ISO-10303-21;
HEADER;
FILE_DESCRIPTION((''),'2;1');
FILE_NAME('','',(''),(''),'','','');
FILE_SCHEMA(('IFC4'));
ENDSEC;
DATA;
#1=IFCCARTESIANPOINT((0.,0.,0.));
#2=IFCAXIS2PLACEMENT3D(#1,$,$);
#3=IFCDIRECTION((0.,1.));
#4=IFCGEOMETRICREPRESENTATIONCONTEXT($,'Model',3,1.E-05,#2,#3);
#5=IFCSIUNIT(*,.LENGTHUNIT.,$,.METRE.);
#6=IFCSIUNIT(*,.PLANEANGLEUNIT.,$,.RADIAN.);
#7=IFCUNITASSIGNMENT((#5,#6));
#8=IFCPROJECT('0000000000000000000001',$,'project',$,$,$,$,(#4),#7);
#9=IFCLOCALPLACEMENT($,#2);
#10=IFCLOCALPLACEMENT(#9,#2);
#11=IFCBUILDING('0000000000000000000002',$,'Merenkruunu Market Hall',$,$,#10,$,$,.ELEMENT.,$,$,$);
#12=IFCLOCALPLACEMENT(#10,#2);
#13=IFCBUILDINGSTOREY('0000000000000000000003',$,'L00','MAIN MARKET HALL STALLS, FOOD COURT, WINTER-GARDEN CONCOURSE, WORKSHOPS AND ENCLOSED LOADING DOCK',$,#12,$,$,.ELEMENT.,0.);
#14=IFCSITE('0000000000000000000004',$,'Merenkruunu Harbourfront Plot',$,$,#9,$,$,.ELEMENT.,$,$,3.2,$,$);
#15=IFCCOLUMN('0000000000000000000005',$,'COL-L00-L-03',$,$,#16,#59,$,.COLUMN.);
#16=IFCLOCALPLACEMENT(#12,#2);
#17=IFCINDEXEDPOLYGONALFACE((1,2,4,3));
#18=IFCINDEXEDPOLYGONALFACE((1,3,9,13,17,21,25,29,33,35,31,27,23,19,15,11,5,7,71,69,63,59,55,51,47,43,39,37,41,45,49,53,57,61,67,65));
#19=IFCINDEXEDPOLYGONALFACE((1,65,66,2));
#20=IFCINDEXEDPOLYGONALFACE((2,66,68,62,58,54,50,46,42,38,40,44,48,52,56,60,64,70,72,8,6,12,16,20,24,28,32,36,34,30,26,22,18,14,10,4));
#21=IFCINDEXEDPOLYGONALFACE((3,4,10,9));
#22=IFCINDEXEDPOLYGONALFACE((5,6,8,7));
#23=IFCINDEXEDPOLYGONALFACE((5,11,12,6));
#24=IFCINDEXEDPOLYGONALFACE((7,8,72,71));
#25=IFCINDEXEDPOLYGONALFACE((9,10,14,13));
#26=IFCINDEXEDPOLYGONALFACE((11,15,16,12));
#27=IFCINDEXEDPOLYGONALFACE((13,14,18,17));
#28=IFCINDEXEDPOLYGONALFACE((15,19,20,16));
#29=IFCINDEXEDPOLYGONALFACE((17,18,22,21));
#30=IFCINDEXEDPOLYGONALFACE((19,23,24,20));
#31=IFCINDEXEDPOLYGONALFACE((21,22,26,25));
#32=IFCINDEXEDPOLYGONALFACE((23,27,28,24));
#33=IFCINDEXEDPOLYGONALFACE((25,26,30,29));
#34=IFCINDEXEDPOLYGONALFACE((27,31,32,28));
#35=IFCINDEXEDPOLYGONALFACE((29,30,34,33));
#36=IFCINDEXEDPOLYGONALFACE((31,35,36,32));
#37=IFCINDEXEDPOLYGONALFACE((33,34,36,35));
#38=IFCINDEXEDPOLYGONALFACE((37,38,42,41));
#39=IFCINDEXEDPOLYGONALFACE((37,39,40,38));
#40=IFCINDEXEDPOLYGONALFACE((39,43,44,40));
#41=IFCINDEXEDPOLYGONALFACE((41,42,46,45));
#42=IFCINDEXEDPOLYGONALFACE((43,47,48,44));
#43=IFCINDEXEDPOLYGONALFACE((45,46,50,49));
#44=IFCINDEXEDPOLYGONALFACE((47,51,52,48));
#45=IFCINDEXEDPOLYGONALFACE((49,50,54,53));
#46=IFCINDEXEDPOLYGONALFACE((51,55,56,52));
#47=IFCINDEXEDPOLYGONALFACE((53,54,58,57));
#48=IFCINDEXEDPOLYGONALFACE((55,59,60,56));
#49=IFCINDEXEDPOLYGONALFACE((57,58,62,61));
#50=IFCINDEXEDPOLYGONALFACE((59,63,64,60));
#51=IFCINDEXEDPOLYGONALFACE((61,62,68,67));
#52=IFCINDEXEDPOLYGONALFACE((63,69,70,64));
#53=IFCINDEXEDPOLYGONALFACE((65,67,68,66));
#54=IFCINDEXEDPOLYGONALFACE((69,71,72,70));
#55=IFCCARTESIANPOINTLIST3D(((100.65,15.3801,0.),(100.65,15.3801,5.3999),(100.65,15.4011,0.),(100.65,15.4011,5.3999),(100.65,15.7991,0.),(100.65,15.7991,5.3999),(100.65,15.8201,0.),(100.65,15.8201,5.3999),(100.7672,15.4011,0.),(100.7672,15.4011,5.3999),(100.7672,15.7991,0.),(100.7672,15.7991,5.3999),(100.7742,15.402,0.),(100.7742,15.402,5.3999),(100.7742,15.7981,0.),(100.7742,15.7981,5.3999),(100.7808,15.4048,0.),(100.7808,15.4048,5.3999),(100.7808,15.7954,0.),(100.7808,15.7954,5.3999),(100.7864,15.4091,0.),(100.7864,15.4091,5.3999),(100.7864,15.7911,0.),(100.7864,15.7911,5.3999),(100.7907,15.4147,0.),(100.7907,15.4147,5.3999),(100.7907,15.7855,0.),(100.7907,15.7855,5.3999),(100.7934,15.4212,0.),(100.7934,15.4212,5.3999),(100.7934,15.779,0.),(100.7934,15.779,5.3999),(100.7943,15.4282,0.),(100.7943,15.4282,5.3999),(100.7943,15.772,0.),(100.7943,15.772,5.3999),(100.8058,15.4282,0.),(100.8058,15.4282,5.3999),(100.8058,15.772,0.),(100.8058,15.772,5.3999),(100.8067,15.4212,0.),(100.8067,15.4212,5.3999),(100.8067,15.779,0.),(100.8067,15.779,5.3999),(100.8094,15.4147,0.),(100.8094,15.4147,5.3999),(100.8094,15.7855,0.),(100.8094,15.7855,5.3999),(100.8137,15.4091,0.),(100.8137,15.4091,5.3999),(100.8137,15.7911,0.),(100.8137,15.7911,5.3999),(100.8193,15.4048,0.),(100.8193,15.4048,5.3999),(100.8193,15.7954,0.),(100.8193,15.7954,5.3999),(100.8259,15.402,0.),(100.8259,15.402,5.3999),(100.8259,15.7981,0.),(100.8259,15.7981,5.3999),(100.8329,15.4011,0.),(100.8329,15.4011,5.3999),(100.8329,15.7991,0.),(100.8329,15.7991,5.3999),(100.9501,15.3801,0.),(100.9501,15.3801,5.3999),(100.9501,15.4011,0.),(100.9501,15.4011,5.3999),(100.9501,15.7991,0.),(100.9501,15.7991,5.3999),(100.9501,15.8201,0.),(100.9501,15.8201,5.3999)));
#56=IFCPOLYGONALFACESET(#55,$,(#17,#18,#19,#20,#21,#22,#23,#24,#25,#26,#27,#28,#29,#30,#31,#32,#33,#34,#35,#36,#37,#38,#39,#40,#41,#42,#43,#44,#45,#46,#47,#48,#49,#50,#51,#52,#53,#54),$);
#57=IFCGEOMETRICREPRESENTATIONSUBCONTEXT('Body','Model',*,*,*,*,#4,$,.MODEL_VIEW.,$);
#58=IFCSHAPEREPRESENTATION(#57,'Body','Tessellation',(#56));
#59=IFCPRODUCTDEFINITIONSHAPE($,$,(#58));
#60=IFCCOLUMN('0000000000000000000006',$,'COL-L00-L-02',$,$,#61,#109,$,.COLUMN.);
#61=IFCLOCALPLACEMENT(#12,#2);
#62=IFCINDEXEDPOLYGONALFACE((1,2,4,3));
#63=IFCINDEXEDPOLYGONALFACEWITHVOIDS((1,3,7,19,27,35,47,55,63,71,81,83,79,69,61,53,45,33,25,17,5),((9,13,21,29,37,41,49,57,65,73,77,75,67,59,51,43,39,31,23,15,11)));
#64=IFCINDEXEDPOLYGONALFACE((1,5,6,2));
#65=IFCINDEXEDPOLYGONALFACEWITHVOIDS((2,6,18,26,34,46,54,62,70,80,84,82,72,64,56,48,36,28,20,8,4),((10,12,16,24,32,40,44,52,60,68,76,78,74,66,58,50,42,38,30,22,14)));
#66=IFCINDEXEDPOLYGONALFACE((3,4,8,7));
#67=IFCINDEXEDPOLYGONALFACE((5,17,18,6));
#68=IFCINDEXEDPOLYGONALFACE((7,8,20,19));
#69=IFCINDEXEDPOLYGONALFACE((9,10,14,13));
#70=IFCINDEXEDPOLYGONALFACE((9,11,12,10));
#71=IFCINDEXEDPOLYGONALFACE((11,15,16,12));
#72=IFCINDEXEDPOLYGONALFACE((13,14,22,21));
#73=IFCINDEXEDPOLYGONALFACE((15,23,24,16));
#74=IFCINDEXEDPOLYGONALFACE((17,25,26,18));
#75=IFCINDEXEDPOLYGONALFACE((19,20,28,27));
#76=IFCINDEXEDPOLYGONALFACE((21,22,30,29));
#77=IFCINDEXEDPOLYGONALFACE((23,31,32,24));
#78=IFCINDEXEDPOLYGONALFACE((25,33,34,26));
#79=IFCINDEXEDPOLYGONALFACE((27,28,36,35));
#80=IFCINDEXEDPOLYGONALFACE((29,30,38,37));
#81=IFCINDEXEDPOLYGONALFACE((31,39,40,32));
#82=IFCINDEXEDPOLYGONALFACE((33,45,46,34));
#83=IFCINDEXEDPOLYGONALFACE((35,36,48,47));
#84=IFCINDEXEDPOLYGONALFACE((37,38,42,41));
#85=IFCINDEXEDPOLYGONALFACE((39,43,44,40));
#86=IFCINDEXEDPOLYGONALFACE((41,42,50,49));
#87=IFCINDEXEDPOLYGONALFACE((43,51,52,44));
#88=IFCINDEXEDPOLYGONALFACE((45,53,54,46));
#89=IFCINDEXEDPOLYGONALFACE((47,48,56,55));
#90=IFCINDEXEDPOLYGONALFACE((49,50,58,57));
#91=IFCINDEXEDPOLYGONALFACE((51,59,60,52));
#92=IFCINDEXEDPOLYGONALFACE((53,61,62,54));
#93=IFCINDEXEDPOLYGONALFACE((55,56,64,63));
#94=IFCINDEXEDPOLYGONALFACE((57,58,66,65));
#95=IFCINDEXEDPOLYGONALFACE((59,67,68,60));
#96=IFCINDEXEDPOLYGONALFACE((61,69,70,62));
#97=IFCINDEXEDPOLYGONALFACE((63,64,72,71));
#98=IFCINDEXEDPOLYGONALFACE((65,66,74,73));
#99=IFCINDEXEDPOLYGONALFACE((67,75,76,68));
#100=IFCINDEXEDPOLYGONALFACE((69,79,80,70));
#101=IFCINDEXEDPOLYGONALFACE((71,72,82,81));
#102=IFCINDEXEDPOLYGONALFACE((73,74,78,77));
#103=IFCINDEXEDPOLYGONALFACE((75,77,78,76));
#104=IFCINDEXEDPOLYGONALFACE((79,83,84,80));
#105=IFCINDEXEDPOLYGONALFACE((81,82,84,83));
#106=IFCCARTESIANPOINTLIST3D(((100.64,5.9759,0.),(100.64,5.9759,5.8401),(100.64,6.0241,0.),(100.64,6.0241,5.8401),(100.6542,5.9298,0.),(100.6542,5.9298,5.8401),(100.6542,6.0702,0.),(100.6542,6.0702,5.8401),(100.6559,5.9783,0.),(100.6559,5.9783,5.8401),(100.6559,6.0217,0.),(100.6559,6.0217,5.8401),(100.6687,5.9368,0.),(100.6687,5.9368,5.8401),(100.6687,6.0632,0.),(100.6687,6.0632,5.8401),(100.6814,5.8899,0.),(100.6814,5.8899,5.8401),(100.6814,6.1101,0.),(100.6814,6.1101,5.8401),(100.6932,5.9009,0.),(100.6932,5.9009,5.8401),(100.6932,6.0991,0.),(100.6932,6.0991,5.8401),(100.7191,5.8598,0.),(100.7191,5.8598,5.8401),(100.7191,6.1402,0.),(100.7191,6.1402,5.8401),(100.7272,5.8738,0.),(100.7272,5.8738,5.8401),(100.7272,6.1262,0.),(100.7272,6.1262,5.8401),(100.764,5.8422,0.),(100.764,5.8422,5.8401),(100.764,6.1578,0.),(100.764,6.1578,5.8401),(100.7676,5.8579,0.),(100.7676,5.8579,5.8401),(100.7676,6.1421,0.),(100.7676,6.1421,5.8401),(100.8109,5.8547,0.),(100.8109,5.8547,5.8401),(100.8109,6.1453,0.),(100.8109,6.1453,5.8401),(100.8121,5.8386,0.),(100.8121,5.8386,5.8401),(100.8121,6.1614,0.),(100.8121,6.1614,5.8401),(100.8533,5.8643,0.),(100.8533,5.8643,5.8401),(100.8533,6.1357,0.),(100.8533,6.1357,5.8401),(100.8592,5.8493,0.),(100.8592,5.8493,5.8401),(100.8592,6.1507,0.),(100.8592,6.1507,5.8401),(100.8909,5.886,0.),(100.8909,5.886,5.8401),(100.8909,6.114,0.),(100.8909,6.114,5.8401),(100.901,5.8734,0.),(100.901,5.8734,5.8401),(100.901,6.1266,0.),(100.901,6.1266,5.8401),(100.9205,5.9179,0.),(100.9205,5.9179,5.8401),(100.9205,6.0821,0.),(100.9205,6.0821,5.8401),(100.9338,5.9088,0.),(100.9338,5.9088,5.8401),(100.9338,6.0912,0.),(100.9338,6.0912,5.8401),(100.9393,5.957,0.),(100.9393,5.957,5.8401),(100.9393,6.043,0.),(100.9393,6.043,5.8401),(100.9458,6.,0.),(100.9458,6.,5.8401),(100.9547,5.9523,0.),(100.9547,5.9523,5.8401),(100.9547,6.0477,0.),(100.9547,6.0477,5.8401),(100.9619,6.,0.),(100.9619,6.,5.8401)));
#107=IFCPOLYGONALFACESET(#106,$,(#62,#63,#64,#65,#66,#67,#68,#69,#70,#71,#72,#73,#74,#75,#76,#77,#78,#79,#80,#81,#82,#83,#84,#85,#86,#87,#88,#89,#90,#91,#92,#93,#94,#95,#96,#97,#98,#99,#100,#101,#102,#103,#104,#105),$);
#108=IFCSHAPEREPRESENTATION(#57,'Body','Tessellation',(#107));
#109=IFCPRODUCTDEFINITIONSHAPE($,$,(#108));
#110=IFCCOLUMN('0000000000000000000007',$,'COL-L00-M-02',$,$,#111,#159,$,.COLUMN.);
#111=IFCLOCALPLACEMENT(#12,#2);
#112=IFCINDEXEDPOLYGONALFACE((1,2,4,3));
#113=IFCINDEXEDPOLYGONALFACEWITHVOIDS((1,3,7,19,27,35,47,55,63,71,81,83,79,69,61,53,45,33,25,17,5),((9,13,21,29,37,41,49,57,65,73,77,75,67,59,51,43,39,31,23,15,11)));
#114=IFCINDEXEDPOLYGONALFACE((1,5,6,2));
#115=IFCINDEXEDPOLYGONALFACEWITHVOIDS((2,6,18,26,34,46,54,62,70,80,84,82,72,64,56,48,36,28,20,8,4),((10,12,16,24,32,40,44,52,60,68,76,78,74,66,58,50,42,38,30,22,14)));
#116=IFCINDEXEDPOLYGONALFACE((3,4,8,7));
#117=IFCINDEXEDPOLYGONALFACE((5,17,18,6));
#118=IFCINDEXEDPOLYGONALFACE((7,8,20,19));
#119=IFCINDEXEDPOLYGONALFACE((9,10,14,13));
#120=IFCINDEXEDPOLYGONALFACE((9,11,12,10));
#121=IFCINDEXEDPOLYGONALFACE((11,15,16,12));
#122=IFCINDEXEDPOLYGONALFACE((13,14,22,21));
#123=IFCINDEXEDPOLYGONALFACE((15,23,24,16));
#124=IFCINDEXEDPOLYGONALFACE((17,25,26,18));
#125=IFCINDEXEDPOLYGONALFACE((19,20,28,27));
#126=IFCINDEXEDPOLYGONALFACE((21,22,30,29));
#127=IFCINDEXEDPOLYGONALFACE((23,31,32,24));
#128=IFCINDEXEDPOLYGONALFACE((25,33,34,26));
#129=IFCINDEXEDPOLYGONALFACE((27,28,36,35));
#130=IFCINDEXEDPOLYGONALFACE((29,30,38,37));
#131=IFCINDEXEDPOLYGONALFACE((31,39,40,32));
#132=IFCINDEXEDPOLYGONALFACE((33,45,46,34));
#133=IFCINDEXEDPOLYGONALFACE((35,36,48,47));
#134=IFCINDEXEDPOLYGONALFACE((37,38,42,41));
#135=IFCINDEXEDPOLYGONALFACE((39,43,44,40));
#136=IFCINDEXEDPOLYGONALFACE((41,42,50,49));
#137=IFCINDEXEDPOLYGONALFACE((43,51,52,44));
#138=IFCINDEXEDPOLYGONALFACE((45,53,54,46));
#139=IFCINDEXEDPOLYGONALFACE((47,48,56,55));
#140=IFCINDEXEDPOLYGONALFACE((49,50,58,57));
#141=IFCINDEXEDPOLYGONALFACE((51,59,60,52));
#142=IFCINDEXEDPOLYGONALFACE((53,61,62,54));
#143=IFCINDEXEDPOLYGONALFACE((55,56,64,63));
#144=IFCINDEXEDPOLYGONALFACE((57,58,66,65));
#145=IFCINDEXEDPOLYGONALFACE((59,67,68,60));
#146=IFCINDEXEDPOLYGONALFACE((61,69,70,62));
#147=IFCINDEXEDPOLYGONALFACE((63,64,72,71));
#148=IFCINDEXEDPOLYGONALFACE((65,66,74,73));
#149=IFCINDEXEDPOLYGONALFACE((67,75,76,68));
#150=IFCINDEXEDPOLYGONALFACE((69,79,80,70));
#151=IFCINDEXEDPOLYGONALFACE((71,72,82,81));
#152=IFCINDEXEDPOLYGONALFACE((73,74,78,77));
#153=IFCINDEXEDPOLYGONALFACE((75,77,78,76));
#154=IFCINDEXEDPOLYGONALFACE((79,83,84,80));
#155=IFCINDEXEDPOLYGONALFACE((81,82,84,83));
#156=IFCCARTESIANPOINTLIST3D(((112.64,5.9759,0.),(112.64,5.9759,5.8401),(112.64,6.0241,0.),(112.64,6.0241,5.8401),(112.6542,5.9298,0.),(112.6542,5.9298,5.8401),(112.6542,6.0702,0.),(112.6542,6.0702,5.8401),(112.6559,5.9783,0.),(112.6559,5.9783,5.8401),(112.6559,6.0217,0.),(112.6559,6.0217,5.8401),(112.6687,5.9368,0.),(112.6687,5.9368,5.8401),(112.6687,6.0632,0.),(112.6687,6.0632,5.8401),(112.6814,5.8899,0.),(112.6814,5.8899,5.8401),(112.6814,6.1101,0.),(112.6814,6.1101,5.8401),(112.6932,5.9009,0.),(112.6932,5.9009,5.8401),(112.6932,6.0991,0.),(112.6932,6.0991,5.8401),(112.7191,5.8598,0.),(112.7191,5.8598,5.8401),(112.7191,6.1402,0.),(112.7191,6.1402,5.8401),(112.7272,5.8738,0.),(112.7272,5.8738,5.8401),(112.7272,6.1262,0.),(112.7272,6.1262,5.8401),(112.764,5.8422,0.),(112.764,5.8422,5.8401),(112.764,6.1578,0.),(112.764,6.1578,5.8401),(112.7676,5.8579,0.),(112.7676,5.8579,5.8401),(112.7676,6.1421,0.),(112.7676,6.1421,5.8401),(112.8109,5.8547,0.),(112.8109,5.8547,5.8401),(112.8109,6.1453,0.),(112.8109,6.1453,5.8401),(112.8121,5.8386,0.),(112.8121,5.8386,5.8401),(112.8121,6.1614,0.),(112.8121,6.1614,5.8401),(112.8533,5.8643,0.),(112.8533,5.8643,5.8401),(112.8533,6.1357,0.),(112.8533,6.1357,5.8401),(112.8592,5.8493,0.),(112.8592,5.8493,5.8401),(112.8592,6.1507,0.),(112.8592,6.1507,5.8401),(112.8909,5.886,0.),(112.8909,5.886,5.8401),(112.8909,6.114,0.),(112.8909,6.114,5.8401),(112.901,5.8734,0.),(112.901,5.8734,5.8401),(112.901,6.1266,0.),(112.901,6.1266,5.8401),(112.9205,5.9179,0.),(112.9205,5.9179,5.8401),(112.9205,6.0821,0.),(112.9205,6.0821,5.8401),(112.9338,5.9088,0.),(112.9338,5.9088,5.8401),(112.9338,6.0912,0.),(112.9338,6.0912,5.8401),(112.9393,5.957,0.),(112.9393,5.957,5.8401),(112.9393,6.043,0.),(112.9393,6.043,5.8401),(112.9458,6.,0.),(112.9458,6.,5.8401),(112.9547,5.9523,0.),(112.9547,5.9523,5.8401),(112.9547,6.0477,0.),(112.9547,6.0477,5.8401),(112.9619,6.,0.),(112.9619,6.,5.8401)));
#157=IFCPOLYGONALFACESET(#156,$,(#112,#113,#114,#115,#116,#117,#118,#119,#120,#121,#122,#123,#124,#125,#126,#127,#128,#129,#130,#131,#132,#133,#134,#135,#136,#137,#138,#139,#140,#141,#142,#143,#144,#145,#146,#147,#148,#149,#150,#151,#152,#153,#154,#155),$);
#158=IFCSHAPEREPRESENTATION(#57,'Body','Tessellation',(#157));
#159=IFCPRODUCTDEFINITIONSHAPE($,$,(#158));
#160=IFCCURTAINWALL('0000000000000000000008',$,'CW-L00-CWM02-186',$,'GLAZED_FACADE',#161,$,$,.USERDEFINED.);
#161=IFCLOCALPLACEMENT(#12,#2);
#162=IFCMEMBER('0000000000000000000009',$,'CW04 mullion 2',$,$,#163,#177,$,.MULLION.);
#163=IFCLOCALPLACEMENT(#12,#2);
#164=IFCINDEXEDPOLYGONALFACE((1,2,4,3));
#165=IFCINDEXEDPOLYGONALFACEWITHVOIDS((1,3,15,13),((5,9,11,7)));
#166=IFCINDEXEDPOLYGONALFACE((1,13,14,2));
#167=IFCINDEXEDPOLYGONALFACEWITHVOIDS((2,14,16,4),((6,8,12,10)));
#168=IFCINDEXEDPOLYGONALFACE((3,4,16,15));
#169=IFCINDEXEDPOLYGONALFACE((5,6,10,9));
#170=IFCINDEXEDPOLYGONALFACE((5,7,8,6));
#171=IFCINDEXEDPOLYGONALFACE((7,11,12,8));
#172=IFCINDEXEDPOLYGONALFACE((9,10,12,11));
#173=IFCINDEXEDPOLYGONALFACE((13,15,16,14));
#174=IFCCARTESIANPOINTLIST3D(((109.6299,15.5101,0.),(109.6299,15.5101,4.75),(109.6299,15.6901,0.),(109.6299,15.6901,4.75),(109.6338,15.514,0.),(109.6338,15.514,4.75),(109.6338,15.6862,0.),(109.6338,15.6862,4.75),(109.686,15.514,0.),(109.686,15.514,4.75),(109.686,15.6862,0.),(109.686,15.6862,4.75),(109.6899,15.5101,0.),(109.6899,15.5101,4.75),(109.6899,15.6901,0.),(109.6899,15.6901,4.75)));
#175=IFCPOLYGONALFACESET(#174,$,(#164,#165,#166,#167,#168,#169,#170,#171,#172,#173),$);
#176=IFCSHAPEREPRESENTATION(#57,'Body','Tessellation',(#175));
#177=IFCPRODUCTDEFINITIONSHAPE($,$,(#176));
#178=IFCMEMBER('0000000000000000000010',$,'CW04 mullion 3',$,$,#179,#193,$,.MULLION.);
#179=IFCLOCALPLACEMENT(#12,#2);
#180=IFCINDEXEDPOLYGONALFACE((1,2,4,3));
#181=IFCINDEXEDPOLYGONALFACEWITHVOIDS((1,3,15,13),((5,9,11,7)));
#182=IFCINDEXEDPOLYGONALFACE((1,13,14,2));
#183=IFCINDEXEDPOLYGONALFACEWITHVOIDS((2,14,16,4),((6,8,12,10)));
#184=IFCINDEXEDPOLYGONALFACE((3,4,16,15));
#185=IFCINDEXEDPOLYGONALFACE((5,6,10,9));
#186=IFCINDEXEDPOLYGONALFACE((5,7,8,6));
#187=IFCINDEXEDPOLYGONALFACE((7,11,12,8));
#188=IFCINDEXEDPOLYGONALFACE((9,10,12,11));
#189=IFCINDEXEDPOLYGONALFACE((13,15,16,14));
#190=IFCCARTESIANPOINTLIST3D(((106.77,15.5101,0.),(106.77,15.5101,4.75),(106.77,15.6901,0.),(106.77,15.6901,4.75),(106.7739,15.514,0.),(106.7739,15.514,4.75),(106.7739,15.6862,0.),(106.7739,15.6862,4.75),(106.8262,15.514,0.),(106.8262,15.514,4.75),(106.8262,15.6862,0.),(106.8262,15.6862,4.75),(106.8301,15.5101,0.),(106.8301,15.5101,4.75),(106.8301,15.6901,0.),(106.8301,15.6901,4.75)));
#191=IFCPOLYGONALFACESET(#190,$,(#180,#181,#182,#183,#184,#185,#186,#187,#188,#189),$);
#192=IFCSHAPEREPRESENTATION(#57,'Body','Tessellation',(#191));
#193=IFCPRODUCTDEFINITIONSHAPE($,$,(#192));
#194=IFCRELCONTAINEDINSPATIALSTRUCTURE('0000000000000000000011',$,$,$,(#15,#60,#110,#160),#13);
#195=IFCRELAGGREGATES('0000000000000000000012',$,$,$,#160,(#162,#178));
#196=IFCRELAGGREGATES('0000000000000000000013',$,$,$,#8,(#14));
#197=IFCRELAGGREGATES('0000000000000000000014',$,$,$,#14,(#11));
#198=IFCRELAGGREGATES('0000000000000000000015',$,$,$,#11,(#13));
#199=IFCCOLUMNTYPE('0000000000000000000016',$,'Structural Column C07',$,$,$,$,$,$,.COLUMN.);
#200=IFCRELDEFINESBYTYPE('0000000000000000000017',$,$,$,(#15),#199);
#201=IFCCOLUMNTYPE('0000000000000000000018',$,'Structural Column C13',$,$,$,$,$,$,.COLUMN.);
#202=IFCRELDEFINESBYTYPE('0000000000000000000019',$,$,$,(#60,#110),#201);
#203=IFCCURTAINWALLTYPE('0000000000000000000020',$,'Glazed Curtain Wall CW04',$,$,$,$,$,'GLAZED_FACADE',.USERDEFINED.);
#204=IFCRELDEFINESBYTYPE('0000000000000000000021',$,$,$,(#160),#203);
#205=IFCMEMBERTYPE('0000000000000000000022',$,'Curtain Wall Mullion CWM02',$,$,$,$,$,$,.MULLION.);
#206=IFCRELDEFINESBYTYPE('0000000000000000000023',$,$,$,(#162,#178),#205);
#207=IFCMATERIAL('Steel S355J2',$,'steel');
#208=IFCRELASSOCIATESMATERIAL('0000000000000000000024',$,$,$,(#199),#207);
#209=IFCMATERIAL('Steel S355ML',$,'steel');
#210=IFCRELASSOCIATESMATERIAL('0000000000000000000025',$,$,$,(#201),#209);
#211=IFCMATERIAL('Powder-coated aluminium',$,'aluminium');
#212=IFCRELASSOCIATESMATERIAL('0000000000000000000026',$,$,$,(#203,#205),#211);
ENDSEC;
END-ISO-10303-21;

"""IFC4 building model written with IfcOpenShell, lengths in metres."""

from ifc_helpers import new_model, si_unit, direction, frame, origin, origin_2d, place, context, subcontext, project, spatial, hollow_rectangle, hollow_circle, i_section, extrude, material, material_profile, profile_set, type_object, element, aggregate, save


model = new_model("IFC4")

# Units and contexts
model_context = context("Model", 3, precision=1e-05, world=origin(), true_north=direction((0.0, 1.0)))
body_context = subcontext(model_context, "Body", "Model", "MODEL_VIEW")
ifc_project = project(units=[si_unit("LENGTHUNIT", "METRE"), si_unit("PLANEANGLEUNIT", "RADIAN")], contexts=[model_context])

# Site, building, storey
site_placement = place(None, origin())
site = spatial("IfcSite", under=ifc_project, at=site_placement, Name="Merenkruunu Harbourfront Plot", CompositionType="ELEMENT", RefElevation=3.2)
building_placement = place(site_placement, origin())
building = spatial("IfcBuilding", under=site, at=building_placement, Name="Merenkruunu Market Hall", CompositionType="ELEMENT")
storey_placement = place(building_placement, origin())
storey = spatial("IfcBuildingStorey", under=building, at=storey_placement, Name="L00", Description="MAIN MARKET HALL STALLS, FOOD COURT, WINTER-GARDEN CONCOURSE, WORKSHOPS AND ENCLOSED LOADING DOCK", CompositionType="ELEMENT", Elevation=0.0)

# Columns
ifc_material_1 = material(Name="Steel S355J2", Category="steel")
ifc_material_profile_1 = material_profile(ifc_material_1, i_section(OverallWidth=0.3, OverallDepth=0.4399, WebThickness=0.0115, FlangeThickness=0.021, FilletRadius=0.0271, at=origin_2d()), Name="HEA 450")
ifc_profile_set_1 = profile_set([ifc_material_profile_1], Name="Steel S355J2")
column_type_1 = type_object("IfcColumnType", Name="Structural Column C07", PredefinedType="COLUMN", material=ifc_profile_set_1)
column_placement = place(storey_placement, frame((100.8, 15.6001, 0.0), z_axis=(0.0, 0.0, 1.0), x_axis=(1.0, 0.0, 0.0)))
element("IfcColumn", 1, at=column_placement, inside=storey, type_object=column_type_1, Name="COL-L00-L-03", PredefinedType="COLUMN", context=body_context, shape_type="SweptSolid", body=[
    extrude(i_section(OverallWidth=0.3, OverallDepth=0.4399, WebThickness=0.0115, FlangeThickness=0.021, FilletRadius=0.0271, at=origin_2d()), origin(), (0.0, 0.0, 1.0), 5.3999),
])
ifc_material_2 = material(Name="Steel S355ML", Category="steel")
ifc_material_profile_2 = material_profile(ifc_material_2, hollow_circle(Radius=0.1619, WallThickness=0.0161, at=origin_2d()), Name="CHS 323.9x16")
ifc_profile_set_2 = profile_set([ifc_material_profile_2], Name="Steel S355ML")
column_type_2 = type_object("IfcColumnType", Name="Structural Column C13", PredefinedType="COLUMN", material=ifc_profile_set_2)
for number, where, z_axis, x_axis, name in (
    (2, (100.8, 6.0, 0.0), (0.0, 0.0, 1.0), (1.0, 0.0, 0.0), "COL-L00-L-02"),
    (3, (112.8, 6.0, 0.0), (0.0, 0.0, 1.0), (1.0, 0.0, 0.0), "COL-L00-M-02"),
):
    element("IfcColumn", number, at=place(storey_placement, frame(where, z_axis=z_axis, x_axis=x_axis)), inside=storey, type_object=column_type_2, Name=name, PredefinedType="COLUMN", context=body_context, shape_type="SweptSolid", body=[
        extrude(hollow_circle(Radius=0.1619, WallThickness=0.0161, at=origin_2d()), origin(), (0.0, 0.0, 1.0), 5.8401),
    ])

# Curtain wall, members
ifc_material_3 = material(Name="Powder-coated aluminium", Category="aluminium")
curtain_wall_type = type_object("IfcCurtainWallType", Name="Glazed Curtain Wall CW04", ElementType="GLAZED_FACADE", PredefinedType="USERDEFINED", material=ifc_material_3)
curtain_wall_placement = place(storey_placement, origin())
curtain_wall = element("IfcCurtainWall", 4, at=curtain_wall_placement, inside=storey, type_object=curtain_wall_type, Name="CW-L00-CWM02-186", ObjectType="GLAZED_FACADE", PredefinedType="USERDEFINED")
ifc_material_profile_3 = material_profile(ifc_material_3, hollow_rectangle(XDim=0.0601, YDim=0.1799, WallThickness=0.0039, at=origin_2d()), Name="ALU 60x180x4")
ifc_profile_set_3 = profile_set([ifc_material_profile_3], Name="Powder-coated aluminium")
member_type_1 = type_object("IfcMemberType", Name="Curtain Wall Mullion CWM02", PredefinedType="MULLION", material=ifc_profile_set_3)
member_1_placement = place(storey_placement, frame((109.6599, 15.6001, 0.0), z_axis=(0.0, 0.0, 1.0), x_axis=(-1.0, 0.0, 0.0)))
member_1 = element("IfcMember", 5, at=member_1_placement, type_object=member_type_1, Name="CW04 mullion 2", PredefinedType="MULLION", context=body_context, shape_type="SweptSolid", body=[
    extrude(hollow_rectangle(XDim=0.0601, YDim=0.1799, WallThickness=0.0039, at=origin_2d()), origin(), (0.0, 0.0, 1.0), 4.75),
])
member_2_placement = place(storey_placement, frame((106.8, 15.6001, 0.0), z_axis=(0.0, 0.0, 1.0), x_axis=(-1.0, 0.0, 0.0)))
member_2 = element("IfcMember", 6, at=member_2_placement, type_object=member_type_1, Name="CW04 mullion 3", PredefinedType="MULLION", context=body_context, shape_type="SweptSolid", body=[
    extrude(hollow_rectangle(XDim=0.0601, YDim=0.1799, WallThickness=0.0039, at=origin_2d()), origin(), (0.0, 0.0, 1.0), 4.75),
])

aggregate(curtain_wall, [member_1, member_2])

save(model, "model.ifc")
